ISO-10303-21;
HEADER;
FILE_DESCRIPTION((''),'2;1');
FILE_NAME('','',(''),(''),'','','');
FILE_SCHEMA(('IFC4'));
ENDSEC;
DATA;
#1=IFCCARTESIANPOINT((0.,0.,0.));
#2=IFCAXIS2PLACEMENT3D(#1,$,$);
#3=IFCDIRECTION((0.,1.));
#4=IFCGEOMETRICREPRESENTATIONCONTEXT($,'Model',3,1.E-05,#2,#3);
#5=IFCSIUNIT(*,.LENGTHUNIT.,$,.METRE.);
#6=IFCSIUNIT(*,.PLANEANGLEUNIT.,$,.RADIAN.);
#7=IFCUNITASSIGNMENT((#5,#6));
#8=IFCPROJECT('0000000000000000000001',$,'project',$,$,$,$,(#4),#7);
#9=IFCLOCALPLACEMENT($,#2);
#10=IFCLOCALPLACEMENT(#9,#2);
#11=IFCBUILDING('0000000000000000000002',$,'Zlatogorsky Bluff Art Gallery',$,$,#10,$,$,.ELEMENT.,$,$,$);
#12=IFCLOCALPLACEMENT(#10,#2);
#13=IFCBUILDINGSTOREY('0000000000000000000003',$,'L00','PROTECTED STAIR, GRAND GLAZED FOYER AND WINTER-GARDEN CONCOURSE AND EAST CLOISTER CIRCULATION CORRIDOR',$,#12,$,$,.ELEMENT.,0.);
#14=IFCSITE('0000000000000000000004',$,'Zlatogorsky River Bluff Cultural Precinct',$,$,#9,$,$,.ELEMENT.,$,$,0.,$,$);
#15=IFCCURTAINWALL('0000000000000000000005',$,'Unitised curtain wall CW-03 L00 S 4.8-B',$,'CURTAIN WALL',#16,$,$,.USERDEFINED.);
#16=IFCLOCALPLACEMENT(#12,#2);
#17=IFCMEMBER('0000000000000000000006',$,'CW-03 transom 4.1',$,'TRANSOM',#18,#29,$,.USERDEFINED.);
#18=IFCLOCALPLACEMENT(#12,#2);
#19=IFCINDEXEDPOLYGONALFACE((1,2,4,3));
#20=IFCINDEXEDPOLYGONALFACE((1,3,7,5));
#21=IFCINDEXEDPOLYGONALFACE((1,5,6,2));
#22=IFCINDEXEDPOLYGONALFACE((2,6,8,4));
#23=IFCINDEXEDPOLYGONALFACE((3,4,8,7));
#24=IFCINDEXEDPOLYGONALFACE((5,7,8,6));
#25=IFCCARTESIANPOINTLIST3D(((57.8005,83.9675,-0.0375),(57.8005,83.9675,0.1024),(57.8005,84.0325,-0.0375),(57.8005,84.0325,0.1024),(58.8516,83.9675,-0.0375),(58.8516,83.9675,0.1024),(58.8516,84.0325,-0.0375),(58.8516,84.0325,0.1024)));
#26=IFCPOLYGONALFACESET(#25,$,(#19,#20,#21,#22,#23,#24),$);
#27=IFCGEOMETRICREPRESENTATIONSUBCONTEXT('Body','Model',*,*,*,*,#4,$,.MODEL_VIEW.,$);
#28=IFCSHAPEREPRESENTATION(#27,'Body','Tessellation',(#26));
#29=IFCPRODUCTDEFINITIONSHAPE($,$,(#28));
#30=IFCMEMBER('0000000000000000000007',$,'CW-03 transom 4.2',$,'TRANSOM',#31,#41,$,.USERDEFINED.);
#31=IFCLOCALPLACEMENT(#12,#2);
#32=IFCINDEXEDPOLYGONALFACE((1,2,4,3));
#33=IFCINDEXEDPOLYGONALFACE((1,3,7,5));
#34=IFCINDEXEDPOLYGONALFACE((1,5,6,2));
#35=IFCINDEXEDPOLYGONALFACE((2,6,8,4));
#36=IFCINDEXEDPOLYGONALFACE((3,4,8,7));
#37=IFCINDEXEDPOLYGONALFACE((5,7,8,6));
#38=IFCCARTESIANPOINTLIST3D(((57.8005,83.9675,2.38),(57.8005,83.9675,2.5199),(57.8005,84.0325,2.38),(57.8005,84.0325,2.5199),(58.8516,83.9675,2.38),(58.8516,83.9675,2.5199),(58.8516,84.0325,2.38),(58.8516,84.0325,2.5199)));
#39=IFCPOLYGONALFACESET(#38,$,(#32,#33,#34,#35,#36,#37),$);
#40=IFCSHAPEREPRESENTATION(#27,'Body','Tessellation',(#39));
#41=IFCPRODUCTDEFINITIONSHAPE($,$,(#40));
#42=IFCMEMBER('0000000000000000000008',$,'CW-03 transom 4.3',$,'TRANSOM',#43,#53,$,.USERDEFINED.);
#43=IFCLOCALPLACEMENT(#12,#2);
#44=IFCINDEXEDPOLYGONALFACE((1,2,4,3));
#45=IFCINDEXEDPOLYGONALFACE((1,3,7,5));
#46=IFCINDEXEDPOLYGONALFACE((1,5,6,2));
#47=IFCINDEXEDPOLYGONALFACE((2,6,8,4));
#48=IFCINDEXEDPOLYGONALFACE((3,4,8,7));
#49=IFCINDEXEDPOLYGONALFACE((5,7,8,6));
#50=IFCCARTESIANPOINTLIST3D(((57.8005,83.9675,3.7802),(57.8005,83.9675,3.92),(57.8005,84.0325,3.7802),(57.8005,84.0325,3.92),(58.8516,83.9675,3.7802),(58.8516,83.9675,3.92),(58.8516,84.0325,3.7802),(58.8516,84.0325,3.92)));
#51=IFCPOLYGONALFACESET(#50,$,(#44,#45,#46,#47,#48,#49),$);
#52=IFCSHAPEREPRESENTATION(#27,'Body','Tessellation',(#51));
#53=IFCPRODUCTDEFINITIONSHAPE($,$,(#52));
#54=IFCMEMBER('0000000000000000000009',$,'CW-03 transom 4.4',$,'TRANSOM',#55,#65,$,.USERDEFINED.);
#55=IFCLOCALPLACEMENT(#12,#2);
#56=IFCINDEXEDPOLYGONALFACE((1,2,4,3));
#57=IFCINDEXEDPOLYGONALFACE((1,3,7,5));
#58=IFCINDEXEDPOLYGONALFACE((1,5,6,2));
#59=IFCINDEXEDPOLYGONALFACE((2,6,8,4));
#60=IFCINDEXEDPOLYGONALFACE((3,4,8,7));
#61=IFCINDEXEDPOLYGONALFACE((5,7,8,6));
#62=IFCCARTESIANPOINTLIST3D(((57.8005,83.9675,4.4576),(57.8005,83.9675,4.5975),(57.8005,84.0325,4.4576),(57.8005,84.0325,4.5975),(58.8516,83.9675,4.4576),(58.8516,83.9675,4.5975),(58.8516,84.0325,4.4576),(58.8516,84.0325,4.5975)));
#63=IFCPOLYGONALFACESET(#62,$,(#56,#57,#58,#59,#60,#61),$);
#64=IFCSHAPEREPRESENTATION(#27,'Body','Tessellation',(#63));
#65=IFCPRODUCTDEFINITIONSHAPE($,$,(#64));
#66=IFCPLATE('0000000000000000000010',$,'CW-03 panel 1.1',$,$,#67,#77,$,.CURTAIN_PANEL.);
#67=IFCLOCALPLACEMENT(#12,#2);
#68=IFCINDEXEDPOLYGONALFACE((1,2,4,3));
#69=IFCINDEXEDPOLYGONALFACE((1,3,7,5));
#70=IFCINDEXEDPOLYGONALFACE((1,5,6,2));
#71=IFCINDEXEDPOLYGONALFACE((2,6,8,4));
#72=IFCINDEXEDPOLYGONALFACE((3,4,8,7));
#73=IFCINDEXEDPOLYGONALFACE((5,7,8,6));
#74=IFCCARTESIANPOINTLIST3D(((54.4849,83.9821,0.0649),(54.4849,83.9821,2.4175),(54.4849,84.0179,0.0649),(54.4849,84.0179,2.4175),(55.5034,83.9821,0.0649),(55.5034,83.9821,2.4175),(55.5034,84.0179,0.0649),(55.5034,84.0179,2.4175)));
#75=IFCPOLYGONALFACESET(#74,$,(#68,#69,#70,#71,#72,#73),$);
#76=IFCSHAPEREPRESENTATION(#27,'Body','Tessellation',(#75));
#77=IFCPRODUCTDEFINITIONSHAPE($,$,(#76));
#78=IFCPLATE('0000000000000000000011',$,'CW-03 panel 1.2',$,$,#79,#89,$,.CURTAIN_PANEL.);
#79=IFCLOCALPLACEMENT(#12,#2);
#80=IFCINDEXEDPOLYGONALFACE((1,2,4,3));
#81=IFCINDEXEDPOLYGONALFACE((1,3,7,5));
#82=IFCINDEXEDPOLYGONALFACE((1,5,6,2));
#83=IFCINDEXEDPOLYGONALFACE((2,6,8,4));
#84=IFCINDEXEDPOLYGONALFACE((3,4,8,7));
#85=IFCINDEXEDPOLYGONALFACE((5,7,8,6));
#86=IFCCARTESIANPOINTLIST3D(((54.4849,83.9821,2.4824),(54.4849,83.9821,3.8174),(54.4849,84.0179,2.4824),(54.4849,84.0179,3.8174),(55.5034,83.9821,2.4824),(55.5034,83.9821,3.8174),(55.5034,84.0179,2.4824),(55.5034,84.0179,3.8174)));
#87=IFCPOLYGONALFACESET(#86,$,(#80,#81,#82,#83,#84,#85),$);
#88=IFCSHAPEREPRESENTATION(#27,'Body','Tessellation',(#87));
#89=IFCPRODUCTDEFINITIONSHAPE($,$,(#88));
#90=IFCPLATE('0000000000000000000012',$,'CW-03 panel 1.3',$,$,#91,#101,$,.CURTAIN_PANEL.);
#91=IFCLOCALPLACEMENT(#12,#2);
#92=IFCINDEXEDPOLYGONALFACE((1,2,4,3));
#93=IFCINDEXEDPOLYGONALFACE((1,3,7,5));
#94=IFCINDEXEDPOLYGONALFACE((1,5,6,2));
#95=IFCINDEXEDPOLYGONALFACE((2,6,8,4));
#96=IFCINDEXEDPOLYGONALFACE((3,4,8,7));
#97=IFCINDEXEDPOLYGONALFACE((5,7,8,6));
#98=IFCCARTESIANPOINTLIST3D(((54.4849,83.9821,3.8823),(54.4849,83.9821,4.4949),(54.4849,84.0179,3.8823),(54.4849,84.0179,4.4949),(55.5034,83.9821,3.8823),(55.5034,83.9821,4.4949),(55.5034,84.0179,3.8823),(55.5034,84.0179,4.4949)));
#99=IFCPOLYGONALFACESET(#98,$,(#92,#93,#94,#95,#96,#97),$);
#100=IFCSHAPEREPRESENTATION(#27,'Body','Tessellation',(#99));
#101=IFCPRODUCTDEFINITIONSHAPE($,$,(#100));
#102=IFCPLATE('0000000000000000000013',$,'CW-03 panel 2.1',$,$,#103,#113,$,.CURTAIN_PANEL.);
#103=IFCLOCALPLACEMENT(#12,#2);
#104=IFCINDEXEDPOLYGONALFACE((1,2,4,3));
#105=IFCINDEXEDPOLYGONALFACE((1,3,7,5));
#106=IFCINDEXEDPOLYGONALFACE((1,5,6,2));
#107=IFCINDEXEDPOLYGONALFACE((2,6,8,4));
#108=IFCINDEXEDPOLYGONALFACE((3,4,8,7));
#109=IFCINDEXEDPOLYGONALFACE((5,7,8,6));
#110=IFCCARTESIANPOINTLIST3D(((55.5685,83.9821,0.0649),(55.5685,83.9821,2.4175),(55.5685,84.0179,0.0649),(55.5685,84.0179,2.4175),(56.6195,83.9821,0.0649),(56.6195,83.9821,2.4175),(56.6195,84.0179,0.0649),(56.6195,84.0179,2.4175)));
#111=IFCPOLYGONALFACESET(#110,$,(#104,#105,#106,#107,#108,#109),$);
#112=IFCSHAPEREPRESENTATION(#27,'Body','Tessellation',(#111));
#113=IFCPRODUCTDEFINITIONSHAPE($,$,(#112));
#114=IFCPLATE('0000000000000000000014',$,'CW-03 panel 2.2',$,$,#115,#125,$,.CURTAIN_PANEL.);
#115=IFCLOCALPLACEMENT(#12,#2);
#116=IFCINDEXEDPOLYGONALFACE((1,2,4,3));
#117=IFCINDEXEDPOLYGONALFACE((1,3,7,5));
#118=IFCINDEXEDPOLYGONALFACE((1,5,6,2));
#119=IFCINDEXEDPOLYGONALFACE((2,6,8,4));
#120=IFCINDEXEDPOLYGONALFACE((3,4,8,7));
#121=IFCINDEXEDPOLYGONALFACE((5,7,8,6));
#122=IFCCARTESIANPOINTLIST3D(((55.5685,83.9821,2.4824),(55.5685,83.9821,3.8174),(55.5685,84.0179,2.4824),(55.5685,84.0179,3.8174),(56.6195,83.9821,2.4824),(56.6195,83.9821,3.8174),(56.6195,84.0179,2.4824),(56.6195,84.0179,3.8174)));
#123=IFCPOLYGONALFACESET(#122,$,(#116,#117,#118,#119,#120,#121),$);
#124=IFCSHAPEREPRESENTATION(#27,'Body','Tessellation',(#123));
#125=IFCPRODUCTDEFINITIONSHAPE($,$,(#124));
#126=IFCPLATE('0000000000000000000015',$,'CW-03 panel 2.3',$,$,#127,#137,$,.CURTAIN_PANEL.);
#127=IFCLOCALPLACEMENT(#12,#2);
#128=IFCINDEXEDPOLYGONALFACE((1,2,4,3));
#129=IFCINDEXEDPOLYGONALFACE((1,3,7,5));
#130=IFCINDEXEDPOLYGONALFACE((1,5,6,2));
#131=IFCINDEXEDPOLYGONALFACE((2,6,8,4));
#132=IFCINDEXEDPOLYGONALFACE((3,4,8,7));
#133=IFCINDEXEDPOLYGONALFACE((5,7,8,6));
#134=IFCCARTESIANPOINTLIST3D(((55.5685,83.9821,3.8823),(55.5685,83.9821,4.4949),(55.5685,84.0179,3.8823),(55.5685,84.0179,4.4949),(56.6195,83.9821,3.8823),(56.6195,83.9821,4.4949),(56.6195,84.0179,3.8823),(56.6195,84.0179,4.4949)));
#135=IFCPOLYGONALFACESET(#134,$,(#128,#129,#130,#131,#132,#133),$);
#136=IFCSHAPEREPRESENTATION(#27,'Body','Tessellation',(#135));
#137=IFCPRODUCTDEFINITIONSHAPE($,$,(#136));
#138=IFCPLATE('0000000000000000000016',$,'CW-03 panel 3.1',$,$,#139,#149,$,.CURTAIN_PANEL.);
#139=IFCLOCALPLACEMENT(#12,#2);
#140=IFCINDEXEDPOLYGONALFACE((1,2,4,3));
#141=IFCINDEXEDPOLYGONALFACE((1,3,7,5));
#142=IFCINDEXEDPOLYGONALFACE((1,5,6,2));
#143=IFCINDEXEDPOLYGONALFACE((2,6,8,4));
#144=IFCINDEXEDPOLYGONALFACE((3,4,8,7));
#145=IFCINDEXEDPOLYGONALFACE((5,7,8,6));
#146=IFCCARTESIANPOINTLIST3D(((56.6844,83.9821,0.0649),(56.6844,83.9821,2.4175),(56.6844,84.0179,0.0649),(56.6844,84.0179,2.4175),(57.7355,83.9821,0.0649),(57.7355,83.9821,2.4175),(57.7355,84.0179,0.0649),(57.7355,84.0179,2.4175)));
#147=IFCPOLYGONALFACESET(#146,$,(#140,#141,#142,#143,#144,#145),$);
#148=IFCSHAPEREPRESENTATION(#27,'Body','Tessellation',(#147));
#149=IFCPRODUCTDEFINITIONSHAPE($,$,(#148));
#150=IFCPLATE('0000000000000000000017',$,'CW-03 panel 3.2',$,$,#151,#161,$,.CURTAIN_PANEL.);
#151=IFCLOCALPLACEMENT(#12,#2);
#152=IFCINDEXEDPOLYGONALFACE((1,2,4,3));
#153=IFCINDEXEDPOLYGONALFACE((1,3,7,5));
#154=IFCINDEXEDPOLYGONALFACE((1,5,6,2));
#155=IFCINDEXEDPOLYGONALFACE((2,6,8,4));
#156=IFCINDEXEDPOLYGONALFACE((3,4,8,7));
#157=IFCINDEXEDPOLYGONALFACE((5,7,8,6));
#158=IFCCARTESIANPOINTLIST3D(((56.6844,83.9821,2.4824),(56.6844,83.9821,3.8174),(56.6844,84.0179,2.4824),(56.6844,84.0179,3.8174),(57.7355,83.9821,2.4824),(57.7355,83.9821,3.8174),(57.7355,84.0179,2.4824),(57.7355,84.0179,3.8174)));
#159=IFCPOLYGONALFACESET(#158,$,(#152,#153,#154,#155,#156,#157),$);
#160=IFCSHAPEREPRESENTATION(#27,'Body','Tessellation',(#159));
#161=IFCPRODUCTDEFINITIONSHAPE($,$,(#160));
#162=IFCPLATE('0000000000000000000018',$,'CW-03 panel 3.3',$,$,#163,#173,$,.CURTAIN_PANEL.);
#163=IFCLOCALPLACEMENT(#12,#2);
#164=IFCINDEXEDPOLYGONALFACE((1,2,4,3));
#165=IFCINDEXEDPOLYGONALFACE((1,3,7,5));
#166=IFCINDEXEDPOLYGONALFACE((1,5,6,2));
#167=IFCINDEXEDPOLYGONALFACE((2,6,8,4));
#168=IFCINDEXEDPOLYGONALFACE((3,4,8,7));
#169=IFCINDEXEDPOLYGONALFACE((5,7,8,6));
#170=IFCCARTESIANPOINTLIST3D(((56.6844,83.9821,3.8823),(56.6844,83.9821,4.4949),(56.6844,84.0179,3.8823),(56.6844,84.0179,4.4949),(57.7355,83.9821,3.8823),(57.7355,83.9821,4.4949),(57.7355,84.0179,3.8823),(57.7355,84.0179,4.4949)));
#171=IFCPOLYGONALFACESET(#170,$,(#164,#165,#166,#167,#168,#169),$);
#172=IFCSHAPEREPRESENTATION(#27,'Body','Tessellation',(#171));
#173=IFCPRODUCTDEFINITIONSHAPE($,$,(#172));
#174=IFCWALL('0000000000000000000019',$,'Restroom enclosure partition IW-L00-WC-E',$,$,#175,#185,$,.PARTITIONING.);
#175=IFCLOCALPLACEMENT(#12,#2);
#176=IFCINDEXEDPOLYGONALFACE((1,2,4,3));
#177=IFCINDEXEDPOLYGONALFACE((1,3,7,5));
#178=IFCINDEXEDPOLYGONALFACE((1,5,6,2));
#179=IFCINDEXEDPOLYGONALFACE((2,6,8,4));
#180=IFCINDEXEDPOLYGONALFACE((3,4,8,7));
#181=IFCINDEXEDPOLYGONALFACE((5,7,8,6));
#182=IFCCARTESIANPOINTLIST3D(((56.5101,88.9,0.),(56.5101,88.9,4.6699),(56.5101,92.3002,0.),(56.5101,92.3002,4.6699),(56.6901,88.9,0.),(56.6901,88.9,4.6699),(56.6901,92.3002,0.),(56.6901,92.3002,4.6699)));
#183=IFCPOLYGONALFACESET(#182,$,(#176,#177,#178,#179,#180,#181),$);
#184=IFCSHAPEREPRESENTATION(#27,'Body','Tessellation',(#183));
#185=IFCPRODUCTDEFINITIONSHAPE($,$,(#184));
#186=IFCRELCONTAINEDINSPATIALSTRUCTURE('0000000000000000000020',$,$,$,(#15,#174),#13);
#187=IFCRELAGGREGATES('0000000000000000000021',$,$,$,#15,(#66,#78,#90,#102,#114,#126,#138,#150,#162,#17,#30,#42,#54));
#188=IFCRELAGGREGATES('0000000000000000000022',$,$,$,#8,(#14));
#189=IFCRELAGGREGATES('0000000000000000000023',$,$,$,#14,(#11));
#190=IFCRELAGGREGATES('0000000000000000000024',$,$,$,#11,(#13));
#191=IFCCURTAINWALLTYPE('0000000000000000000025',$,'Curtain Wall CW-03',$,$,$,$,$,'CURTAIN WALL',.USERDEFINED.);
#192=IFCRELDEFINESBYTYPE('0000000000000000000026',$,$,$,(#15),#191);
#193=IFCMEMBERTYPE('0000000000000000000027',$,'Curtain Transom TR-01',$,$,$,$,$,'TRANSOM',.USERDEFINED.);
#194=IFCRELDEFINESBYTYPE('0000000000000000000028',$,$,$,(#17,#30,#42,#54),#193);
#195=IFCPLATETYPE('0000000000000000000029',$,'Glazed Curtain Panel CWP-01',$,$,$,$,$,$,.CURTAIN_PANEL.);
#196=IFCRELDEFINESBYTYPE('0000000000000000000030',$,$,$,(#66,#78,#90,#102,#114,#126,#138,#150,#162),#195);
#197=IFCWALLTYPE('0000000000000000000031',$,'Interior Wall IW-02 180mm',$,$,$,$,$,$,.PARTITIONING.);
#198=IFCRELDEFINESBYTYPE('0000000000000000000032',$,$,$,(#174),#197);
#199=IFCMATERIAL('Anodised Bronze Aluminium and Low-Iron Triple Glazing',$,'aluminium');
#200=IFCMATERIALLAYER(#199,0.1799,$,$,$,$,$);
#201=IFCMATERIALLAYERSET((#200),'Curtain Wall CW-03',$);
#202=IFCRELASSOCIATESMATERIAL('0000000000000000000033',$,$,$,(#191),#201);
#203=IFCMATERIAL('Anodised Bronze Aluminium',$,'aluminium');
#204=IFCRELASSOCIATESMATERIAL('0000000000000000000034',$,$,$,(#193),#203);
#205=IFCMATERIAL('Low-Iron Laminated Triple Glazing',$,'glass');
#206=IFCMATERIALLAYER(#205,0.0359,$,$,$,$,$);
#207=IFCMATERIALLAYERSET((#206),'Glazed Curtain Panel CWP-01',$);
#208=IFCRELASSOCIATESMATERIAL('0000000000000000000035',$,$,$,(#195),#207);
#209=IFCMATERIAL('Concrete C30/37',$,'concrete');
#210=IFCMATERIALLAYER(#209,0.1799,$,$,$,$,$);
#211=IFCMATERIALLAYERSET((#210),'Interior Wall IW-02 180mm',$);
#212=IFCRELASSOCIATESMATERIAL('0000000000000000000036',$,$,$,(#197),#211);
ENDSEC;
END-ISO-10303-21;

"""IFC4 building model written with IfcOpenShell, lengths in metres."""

from ifc_helpers import new_model, si_unit, direction, frame, frame_2d, origin, origin_2d, place, context, subcontext, project, spatial, rectangle, extrude, material, layer, layer_set, material_profile, profile_set, type_object, element, aggregate, save


model = new_model("IFC4")

# Units and contexts
model_context = context("Model", 3, precision=1e-05, world=origin(), true_north=direction((0.0, 1.0)))
body_context = subcontext(model_context, "Body", "Model", "MODEL_VIEW")
ifc_project = project(units=[si_unit("LENGTHUNIT", "METRE"), si_unit("PLANEANGLEUNIT", "RADIAN")], contexts=[model_context])

# Site, building, storey
site_placement = place(None, origin())
site = spatial("IfcSite", under=ifc_project, at=site_placement, Name="Zlatogorsky River Bluff Cultural Precinct", CompositionType="ELEMENT", RefElevation=0.0)
building_placement = place(site_placement, origin())
building = spatial("IfcBuilding", under=site, at=building_placement, Name="Zlatogorsky Bluff Art Gallery", CompositionType="ELEMENT")
storey_placement = place(building_placement, origin())
storey = spatial("IfcBuildingStorey", under=building, at=storey_placement, Name="L00", Description="PROTECTED STAIR, GRAND GLAZED FOYER AND WINTER-GARDEN CONCOURSE AND EAST CLOISTER CIRCULATION CORRIDOR", CompositionType="ELEMENT", Elevation=0.0)

# Curtain wall, members, plates
ifc_material_1 = material(Name="Anodised Bronze Aluminium and Low-Iron Triple Glazing", Category="aluminium")
ifc_layer_1 = layer(ifc_material_1, 0.1799)
ifc_layer_set_1 = layer_set([ifc_layer_1], Name="Curtain Wall CW-03")
curtain_wall_type = type_object("IfcCurtainWallType", Name="Curtain Wall CW-03", ElementType="CURTAIN WALL", PredefinedType="USERDEFINED", material=ifc_layer_set_1)
curtain_wall_placement = place(storey_placement, origin())
curtain_wall = element("IfcCurtainWall", 1, at=curtain_wall_placement, inside=storey, type_object=curtain_wall_type, Name="Unitised curtain wall CW-03 L00 S 4.8-B", ObjectType="CURTAIN WALL", PredefinedType="USERDEFINED")
ifc_material_2 = material(Name="Anodised Bronze Aluminium", Category="aluminium")
ifc_material_profile_1 = material_profile(ifc_material_2, rectangle(XDim=0.0649, YDim=0.1399, at=origin_2d()), Name="ALU TRANSOM 65x140")
ifc_profile_set_1 = profile_set([ifc_material_profile_1], Name="Anodised Bronze Aluminium")
member_type_1 = type_object("IfcMemberType", Name="Curtain Transom TR-01", ElementType="TRANSOM", PredefinedType="USERDEFINED", material=ifc_profile_set_1)
member_1_placement = place(storey_placement, frame((57.8005, 84.0, 0.0325), z_axis=(1.0, 0.0, 0.0), x_axis=(0.0, 1.0, 0.0)))
member_1 = element("IfcMember", 2, at=member_1_placement, type_object=member_type_1, Name="CW-03 transom 4.1", ObjectType="TRANSOM", PredefinedType="USERDEFINED", context=body_context, shape_type="SweptSolid", body=[
    extrude(rectangle(XDim=0.0649, YDim=0.1399, at=origin_2d()), origin(), (0.0, 0.0, 1.0), 1.051),
])
member_2_placement = place(storey_placement, frame((57.8005, 84.0, 2.45), z_axis=(1.0, 0.0, 0.0), x_axis=(0.0, 1.0, 0.0)))
member_2 = element("IfcMember", 3, at=member_2_placement, type_object=member_type_1, Name="CW-03 transom 4.2", ObjectType="TRANSOM", PredefinedType="USERDEFINED", context=body_context, shape_type="SweptSolid", body=[
    extrude(rectangle(XDim=0.0649, YDim=0.1399, at=origin_2d()), origin(), (0.0, 0.0, 1.0), 1.051),
])
member_3_placement = place(storey_placement, frame((57.8005, 84.0, 3.8501), z_axis=(1.0, 0.0, 0.0), x_axis=(0.0, 1.0, 0.0)))
member_3 = element("IfcMember", 4, at=member_3_placement, type_object=member_type_1, Name="CW-03 transom 4.3", ObjectType="TRANSOM", PredefinedType="USERDEFINED", context=body_context, shape_type="SweptSolid", body=[
    extrude(rectangle(XDim=0.0649, YDim=0.1399, at=origin_2d()), origin(), (0.0, 0.0, 1.0), 1.051),
])
member_4_placement = place(storey_placement, frame((57.8005, 84.0, 4.5276), z_axis=(1.0, 0.0, 0.0), x_axis=(0.0, 1.0, 0.0)))
member_4 = element("IfcMember", 5, at=member_4_placement, type_object=member_type_1, Name="CW-03 transom 4.4", ObjectType="TRANSOM", PredefinedType="USERDEFINED", context=body_context, shape_type="SweptSolid", body=[
    extrude(rectangle(XDim=0.0649, YDim=0.1399, at=origin_2d()), origin(), (0.0, 0.0, 1.0), 1.051),
])
ifc_material_3 = material(Name="Low-Iron Laminated Triple Glazing", Category="glass")
ifc_layer_2 = layer(ifc_material_3, 0.0359)
ifc_layer_set_2 = layer_set([ifc_layer_2], Name="Glazed Curtain Panel CWP-01")
plate_type = type_object("IfcPlateType", Name="Glazed Curtain Panel CWP-01", PredefinedType="CURTAIN_PANEL", material=ifc_layer_set_2)
plate_1_placement = place(storey_placement, frame((54.9941, 84.0, 0.0649), z_axis=(0.0, 0.0, 1.0), x_axis=(1.0, 0.0, 0.0)))
plate_1 = element("IfcPlate", 6, at=plate_1_placement, type_object=plate_type, Name="CW-03 panel 1.1", PredefinedType="CURTAIN_PANEL", context=body_context, shape_type="SweptSolid", body=[
    extrude(rectangle(XDim=1.0186, YDim=0.0359, at=origin_2d()), origin(), (0.0, 0.0, 1.0), 2.3525),
])
plate_2_placement = place(storey_placement, frame((54.9941, 84.0, 2.4824), z_axis=(0.0, 0.0, 1.0), x_axis=(1.0, 0.0, 0.0)))
plate_2 = element("IfcPlate", 7, at=plate_2_placement, type_object=plate_type, Name="CW-03 panel 1.2", PredefinedType="CURTAIN_PANEL", context=body_context, shape_type="SweptSolid", body=[
    extrude(rectangle(XDim=1.0186, YDim=0.0359, at=origin_2d()), origin(), (0.0, 0.0, 1.0), 1.335),
])
plate_3_placement = place(storey_placement, frame((54.9941, 84.0, 3.8823), z_axis=(0.0, 0.0, 1.0), x_axis=(1.0, 0.0, 0.0)))
plate_3 = element("IfcPlate", 8, at=plate_3_placement, type_object=plate_type, Name="CW-03 panel 1.3", PredefinedType="CURTAIN_PANEL", context=body_context, shape_type="SweptSolid", body=[
    extrude(rectangle(XDim=1.0186, YDim=0.0359, at=origin_2d()), origin(), (0.0, 0.0, 1.0), 0.6125),
])
plate_4_placement = place(storey_placement, frame((56.094, 84.0, 0.0649), z_axis=(0.0, 0.0, 1.0), x_axis=(1.0, 0.0, 0.0)))
plate_4 = element("IfcPlate", 9, at=plate_4_placement, type_object=plate_type, Name="CW-03 panel 2.1", PredefinedType="CURTAIN_PANEL", context=body_context, shape_type="SweptSolid", body=[
    extrude(rectangle(XDim=1.051, YDim=0.0359, at=origin_2d()), origin(), (0.0, 0.0, 1.0), 2.3525),
])
plate_5_placement = place(storey_placement, frame((56.094, 84.0, 2.4824), z_axis=(0.0, 0.0, 1.0), x_axis=(1.0, 0.0, 0.0)))
plate_5 = element("IfcPlate", 10, at=plate_5_placement, type_object=plate_type, Name="CW-03 panel 2.2", PredefinedType="CURTAIN_PANEL", context=body_context, shape_type="SweptSolid", body=[
    extrude(rectangle(XDim=1.051, YDim=0.0359, at=origin_2d()), origin(), (0.0, 0.0, 1.0), 1.335),
])
plate_6_placement = place(storey_placement, frame((56.094, 84.0, 3.8823), z_axis=(0.0, 0.0, 1.0), x_axis=(1.0, 0.0, 0.0)))
plate_6 = element("IfcPlate", 11, at=plate_6_placement, type_object=plate_type, Name="CW-03 panel 2.3", PredefinedType="CURTAIN_PANEL", context=body_context, shape_type="SweptSolid", body=[
    extrude(rectangle(XDim=1.051, YDim=0.0359, at=origin_2d()), origin(), (0.0, 0.0, 1.0), 0.6125),
])
plate_7_placement = place(storey_placement, frame((57.21, 84.0, 0.0649), z_axis=(0.0, 0.0, 1.0), x_axis=(1.0, 0.0, 0.0)))
plate_7 = element("IfcPlate", 12, at=plate_7_placement, type_object=plate_type, Name="CW-03 panel 3.1", PredefinedType="CURTAIN_PANEL", context=body_context, shape_type="SweptSolid", body=[
    extrude(rectangle(XDim=1.051, YDim=0.0359, at=origin_2d()), origin(), (0.0, 0.0, 1.0), 2.3525),
])
plate_8_placement = place(storey_placement, frame((57.21, 84.0, 2.4824), z_axis=(0.0, 0.0, 1.0), x_axis=(1.0, 0.0, 0.0)))
plate_8 = element("IfcPlate", 13, at=plate_8_placement, type_object=plate_type, Name="CW-03 panel 3.2", PredefinedType="CURTAIN_PANEL", context=body_context, shape_type="SweptSolid", body=[
    extrude(rectangle(XDim=1.051, YDim=0.0359, at=origin_2d()), origin(), (0.0, 0.0, 1.0), 1.335),
])
plate_9_placement = place(storey_placement, frame((57.21, 84.0, 3.8823), z_axis=(0.0, 0.0, 1.0), x_axis=(1.0, 0.0, 0.0)))
plate_9 = element("IfcPlate", 14, at=plate_9_placement, type_object=plate_type, Name="CW-03 panel 3.3", PredefinedType="CURTAIN_PANEL", context=body_context, shape_type="SweptSolid", body=[
    extrude(rectangle(XDim=1.051, YDim=0.0359, at=origin_2d()), origin(), (0.0, 0.0, 1.0), 0.6125),
])
aggregate(curtain_wall, [plate_1, plate_2, plate_3, plate_4, plate_5, plate_6, plate_7, plate_8, plate_9, member_1, member_2, member_3, member_4])

# Wall
ifc_material_4 = material(Name="Concrete C30/37", Category="concrete")
ifc_layer_3 = layer(ifc_material_4, 0.1799)
ifc_layer_set_3 = layer_set([ifc_layer_3], Name="Interior Wall IW-02 180mm")
wall_type = type_object("IfcWallType", Name="Interior Wall IW-02 180mm", PredefinedType="PARTITIONING", material=ifc_layer_set_3)
wall_placement = place(storey_placement, frame((56.6001, 88.8999, 0.0), z_axis=(0.0, 0.0, 1.0), x_axis=(0.0, 1.0, 0.0)))
element("IfcWall", 15, at=wall_placement, inside=storey, type_object=wall_type, Name="Restroom enclosure partition IW-L00-WC-E", PredefinedType="PARTITIONING", context=body_context, shape_type="SweptSolid", body=[
    extrude(rectangle(XDim=3.4001, YDim=0.1799, at=frame_2d((1.7002, 0.0))), origin(), (0.0, 0.0, 1.0), 4.6699),
])

save(model, "model.ifc")
